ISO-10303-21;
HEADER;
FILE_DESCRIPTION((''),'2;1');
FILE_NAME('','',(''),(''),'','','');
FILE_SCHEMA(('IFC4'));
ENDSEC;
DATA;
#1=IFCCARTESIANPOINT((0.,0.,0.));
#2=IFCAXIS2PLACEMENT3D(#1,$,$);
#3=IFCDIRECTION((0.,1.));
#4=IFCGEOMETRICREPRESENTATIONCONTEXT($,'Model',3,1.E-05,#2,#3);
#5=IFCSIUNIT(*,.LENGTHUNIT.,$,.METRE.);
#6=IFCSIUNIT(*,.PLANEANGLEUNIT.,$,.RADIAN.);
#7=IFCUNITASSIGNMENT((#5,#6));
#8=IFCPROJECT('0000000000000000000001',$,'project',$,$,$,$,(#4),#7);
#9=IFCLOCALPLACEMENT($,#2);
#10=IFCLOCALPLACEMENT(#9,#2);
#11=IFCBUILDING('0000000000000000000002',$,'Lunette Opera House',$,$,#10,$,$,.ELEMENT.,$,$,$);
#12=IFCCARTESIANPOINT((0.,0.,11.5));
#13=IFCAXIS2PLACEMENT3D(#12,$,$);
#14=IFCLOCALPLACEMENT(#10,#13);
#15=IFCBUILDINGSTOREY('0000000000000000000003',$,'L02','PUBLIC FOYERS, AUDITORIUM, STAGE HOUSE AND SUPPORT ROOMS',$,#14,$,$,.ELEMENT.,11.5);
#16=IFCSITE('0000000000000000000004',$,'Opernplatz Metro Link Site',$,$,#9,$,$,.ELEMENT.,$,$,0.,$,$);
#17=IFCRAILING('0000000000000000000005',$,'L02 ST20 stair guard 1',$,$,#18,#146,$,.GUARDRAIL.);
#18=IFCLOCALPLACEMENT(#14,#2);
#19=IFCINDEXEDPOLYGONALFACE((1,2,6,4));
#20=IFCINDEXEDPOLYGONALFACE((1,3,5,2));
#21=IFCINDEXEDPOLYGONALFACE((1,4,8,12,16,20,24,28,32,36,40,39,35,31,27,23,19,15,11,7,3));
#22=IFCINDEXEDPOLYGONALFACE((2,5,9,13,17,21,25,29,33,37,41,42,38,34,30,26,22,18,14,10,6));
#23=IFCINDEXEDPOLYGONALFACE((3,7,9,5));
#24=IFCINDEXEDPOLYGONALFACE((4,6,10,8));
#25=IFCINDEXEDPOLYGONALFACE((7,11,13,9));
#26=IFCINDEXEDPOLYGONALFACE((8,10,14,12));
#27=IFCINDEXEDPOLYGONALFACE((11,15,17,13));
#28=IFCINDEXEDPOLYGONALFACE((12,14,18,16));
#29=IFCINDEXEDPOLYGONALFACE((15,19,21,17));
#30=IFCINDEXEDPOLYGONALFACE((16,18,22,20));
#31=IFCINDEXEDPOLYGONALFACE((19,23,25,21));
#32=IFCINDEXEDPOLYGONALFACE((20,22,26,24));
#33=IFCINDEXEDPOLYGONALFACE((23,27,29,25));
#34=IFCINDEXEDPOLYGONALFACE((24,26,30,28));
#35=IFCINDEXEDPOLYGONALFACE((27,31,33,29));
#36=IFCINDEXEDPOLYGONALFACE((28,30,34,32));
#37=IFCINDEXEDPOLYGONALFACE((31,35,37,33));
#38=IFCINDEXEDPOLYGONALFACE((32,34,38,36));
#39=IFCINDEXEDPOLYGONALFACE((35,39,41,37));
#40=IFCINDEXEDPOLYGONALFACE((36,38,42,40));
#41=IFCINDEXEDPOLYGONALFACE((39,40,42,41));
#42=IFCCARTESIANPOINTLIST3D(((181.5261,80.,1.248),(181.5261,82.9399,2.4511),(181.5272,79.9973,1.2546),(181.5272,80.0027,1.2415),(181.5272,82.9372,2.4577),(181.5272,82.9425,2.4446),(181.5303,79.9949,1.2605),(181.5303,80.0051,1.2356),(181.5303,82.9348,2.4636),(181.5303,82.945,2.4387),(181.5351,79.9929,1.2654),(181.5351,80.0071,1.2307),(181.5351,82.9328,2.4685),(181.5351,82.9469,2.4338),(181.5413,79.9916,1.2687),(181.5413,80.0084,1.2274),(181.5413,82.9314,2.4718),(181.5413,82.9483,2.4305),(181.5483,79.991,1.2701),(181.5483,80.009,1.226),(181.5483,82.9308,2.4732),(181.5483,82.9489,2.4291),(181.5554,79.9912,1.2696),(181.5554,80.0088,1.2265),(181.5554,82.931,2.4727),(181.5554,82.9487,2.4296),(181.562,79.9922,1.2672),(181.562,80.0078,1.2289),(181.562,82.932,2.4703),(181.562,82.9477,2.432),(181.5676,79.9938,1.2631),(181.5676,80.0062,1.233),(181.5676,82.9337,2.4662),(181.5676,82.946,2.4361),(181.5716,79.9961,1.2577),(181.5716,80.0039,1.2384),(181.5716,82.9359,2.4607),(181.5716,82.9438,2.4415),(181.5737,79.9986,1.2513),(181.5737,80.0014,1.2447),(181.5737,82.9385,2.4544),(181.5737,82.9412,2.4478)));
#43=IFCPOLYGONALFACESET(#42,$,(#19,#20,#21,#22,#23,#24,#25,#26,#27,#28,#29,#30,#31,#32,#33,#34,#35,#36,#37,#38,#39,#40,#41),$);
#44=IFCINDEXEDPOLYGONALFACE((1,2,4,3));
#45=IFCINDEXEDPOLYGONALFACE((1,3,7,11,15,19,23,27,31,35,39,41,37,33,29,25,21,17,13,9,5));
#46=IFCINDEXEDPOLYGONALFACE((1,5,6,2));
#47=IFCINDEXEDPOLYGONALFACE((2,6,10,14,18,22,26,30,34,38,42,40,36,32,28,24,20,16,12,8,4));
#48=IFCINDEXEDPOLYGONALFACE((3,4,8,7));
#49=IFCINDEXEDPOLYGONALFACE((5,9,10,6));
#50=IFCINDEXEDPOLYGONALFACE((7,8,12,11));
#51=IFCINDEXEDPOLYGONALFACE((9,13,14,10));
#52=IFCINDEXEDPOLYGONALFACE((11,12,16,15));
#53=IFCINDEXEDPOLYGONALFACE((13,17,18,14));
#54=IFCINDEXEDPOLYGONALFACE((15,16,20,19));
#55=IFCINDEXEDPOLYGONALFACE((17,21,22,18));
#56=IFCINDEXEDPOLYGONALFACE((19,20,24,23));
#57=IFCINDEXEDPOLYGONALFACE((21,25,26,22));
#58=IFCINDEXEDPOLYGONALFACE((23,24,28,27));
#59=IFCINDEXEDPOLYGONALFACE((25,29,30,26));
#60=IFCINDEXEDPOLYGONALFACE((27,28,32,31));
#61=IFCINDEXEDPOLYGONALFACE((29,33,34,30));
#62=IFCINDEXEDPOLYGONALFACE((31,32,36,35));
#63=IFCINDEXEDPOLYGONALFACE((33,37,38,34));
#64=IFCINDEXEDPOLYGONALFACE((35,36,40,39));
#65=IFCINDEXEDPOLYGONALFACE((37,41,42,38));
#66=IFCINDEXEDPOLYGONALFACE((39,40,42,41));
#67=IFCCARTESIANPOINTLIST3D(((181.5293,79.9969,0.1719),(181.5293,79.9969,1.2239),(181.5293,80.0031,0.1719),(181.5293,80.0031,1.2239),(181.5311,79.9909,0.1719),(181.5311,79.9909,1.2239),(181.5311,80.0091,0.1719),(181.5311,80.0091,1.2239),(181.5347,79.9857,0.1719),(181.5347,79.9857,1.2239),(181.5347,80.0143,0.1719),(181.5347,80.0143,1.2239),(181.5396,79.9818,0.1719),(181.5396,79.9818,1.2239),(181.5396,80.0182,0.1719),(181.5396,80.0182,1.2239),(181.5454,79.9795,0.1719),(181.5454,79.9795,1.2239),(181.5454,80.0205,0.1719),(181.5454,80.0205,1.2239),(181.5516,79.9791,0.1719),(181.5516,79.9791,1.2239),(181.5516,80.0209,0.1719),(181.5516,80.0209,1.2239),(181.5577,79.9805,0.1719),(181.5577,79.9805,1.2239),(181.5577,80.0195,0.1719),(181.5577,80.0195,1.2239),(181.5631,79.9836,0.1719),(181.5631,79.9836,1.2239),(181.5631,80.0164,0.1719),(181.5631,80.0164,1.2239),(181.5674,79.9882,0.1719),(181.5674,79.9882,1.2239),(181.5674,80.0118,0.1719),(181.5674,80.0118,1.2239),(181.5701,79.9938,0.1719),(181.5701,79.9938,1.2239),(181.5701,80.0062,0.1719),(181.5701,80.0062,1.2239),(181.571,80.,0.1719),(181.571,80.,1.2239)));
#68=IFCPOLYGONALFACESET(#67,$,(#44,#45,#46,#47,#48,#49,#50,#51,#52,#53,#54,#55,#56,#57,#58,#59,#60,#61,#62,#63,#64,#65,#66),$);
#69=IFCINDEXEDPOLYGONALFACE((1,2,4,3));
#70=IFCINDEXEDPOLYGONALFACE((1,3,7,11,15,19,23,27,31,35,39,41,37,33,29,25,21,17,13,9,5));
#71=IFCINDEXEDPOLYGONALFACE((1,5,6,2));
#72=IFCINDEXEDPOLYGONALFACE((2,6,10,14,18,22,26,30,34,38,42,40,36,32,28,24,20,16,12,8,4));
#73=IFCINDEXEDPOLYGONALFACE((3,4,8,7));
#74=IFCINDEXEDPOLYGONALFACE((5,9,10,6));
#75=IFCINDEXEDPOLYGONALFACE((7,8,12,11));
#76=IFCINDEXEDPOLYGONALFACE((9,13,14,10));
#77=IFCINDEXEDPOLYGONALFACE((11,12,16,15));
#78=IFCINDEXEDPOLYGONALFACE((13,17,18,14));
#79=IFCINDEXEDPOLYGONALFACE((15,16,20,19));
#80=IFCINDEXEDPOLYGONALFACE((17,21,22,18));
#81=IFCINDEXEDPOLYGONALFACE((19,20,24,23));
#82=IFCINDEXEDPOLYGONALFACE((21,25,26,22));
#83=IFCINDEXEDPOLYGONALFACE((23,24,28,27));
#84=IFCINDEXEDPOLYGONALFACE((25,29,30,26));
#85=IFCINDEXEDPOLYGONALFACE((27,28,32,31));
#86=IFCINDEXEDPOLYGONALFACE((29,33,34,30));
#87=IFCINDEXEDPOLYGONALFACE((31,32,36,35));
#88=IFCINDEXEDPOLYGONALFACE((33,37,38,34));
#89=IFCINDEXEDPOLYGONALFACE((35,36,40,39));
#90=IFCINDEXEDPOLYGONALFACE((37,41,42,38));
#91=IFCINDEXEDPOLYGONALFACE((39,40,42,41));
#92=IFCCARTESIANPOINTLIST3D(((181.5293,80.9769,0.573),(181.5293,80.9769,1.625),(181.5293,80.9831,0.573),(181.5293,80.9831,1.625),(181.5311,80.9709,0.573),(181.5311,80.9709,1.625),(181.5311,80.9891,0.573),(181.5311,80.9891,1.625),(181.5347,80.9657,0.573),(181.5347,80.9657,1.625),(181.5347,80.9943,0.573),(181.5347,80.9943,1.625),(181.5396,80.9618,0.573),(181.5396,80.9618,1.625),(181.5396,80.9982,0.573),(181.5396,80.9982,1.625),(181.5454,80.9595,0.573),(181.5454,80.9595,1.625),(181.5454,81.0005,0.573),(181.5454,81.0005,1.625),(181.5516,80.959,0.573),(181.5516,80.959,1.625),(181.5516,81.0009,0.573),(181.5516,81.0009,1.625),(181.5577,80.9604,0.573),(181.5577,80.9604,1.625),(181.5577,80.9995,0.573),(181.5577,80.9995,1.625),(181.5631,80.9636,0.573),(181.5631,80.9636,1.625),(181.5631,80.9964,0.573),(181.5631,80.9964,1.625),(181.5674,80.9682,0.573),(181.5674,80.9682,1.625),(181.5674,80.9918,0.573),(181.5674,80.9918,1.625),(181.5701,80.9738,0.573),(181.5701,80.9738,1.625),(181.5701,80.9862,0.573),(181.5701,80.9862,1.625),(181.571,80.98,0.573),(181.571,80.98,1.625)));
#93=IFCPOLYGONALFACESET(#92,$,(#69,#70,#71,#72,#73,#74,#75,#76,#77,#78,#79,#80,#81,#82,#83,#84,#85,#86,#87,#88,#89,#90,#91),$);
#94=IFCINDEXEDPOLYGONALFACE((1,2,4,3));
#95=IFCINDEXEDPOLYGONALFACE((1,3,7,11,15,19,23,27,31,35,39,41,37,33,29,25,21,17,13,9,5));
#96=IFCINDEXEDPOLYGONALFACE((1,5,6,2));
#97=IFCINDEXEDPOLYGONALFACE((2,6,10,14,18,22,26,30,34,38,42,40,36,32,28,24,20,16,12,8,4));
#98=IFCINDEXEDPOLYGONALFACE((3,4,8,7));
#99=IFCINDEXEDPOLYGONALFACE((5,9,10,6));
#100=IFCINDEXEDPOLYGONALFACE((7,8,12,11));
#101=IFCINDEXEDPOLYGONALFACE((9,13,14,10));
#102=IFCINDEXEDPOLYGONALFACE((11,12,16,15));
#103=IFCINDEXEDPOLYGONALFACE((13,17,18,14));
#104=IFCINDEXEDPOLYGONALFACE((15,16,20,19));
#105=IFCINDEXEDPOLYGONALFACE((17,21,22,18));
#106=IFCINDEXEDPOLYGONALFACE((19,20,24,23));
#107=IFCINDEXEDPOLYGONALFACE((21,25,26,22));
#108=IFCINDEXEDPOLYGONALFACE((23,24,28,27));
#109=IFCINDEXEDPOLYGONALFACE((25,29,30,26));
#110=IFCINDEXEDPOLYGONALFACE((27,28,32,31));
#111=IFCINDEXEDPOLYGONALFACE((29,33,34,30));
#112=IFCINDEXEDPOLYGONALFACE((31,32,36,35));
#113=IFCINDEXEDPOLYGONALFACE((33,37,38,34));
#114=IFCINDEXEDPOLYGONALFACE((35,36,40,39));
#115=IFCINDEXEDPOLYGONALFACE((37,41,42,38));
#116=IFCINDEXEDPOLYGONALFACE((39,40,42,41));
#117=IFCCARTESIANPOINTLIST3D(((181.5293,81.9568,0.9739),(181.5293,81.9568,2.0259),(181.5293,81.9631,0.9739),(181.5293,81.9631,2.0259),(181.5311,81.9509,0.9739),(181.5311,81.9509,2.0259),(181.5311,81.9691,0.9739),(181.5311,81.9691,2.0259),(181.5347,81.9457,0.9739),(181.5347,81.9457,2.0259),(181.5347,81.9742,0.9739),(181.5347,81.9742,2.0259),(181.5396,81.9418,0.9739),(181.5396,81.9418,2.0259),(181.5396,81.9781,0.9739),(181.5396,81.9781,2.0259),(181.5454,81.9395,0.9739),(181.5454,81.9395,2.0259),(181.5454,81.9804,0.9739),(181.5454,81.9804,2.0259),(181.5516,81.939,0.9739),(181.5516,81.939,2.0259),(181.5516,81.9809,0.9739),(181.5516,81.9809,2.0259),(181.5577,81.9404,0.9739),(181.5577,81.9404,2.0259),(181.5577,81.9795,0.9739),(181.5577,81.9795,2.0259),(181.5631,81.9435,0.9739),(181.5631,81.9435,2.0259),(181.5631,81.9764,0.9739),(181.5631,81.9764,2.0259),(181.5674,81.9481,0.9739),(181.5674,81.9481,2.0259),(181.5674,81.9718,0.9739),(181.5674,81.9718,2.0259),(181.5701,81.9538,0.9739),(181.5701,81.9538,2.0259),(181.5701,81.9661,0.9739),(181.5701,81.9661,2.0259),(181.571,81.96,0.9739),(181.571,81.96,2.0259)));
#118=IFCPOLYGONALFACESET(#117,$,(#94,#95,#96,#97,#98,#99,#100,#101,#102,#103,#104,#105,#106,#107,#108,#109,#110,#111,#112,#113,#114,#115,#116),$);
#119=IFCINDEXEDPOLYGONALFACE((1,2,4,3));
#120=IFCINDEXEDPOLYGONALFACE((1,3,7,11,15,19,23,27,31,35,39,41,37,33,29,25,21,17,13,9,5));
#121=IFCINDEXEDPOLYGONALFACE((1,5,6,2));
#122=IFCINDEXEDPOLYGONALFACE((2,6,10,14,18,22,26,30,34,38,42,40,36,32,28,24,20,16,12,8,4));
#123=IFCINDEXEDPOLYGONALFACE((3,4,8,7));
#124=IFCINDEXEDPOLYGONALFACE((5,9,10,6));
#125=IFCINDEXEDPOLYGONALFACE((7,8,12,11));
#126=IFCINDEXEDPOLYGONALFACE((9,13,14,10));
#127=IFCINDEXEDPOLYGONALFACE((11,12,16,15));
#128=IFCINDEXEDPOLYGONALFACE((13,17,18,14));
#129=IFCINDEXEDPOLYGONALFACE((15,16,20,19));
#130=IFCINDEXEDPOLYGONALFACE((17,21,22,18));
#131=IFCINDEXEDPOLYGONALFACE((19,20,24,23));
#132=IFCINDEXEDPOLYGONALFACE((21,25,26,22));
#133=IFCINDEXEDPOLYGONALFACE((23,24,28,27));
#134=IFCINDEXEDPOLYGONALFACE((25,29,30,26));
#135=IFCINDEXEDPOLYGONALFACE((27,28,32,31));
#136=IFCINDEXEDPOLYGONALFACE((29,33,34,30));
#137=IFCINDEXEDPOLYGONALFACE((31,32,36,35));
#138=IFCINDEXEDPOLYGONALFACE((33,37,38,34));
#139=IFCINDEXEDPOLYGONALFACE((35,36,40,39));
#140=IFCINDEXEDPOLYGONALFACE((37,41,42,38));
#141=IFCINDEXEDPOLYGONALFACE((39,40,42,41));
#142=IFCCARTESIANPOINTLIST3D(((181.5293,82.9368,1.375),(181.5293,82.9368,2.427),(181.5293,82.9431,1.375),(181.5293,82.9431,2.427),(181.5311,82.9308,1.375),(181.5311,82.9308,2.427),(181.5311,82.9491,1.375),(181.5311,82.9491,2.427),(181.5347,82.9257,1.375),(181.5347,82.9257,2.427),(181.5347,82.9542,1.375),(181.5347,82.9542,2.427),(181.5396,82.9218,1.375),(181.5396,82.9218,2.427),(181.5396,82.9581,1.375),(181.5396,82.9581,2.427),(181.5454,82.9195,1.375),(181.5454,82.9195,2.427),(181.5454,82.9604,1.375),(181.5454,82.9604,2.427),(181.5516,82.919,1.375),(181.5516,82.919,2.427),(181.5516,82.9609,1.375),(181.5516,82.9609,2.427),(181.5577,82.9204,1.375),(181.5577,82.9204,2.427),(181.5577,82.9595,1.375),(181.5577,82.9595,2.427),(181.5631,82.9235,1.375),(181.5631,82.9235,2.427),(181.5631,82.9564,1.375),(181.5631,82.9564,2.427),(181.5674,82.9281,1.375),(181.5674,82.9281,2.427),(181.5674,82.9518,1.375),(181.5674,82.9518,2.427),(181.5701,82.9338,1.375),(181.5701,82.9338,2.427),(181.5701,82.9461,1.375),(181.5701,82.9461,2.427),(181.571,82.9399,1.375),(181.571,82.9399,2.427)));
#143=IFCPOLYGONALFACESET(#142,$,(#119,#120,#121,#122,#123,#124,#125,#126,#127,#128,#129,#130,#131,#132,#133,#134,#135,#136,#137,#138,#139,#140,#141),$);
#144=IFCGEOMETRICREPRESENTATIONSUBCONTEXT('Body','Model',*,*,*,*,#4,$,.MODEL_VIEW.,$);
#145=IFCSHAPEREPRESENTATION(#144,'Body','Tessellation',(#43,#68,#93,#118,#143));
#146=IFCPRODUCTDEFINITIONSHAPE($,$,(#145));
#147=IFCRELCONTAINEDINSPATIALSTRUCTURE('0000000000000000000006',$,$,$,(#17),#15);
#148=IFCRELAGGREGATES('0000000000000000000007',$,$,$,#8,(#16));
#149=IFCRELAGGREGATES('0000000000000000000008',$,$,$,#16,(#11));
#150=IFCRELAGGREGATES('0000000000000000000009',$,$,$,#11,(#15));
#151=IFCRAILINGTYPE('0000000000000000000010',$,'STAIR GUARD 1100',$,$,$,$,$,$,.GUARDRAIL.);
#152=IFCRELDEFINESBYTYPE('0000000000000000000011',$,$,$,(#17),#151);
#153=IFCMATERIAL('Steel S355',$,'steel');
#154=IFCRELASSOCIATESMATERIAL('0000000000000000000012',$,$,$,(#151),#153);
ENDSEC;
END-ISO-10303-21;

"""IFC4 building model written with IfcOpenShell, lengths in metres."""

from ifc_helpers import new_model, si_unit, direction, frame, origin, origin_2d, place, context, subcontext, project, spatial, circle, extrude, material, type_object, element, save


model = new_model("IFC4")

# Units and contexts
model_context = context("Model", 3, precision=1e-05, world=origin(), true_north=direction((0.0, 1.0)))
body_context = subcontext(model_context, "Body", "Model", "MODEL_VIEW")
ifc_project = project(units=[si_unit("LENGTHUNIT", "METRE"), si_unit("PLANEANGLEUNIT", "RADIAN")], contexts=[model_context])

# Site, building, storey
site_placement = place(None, origin())
site = spatial("IfcSite", under=ifc_project, at=site_placement, Name="Opernplatz Metro Link Site", CompositionType="ELEMENT", RefElevation=0.0)
building_placement = place(site_placement, origin())
building = spatial("IfcBuilding", under=site, at=building_placement, Name="Lunette Opera House", CompositionType="ELEMENT")
storey_placement = place(building_placement, frame((0.0, 0.0, 11.5)))
storey = spatial("IfcBuildingStorey", under=building, at=storey_placement, Name="L02", Description="PUBLIC FOYERS, AUDITORIUM, STAGE HOUSE AND SUPPORT ROOMS", CompositionType="ELEMENT", Elevation=11.5)

# Railing
ifc_material_1 = material(Name="Steel S355", Category="steel")
railing_type_1 = type_object("IfcRailingType", Name="STAIR GUARD 1100", PredefinedType="GUARDRAIL", material=ifc_material_1)
for number, where, name in (
    (1, (181.55, 80.0, 0.1719), "L02 ST20 stair guard 1"),
):
    element("IfcRailing", number, at=place(storey_placement, frame(where)), inside=storey, type_object=railing_type_1, Name=name, PredefinedType="GUARDRAIL", context=body_context, shape_type="SweptSolid", body=[
        extrude(circle(Radius=0.0239, at=origin_2d()), frame((0.0, 0.0, 1.0762), z_axis=(0.0, 0.9255, 0.378747), x_axis=(-1.0, 0.0, 0.0)), (0.0, 0.0, 1.0), 3.1765),
        extrude(circle(Radius=0.021, at=origin_2d()), origin(), (0.0, 0.0, 1.0), 1.052),
        extrude(circle(Radius=0.021, at=origin_2d()), frame((0.0, 0.98, 0.4011)), (0.0, 0.0, 1.0), 1.052),
        extrude(circle(Radius=0.021, at=origin_2d()), frame((0.0, 1.96, 0.802)), (0.0, 0.0, 1.0), 1.052),
        extrude(circle(Radius=0.021, at=origin_2d()), frame((0.0, 2.9399, 1.2031)), (0.0, 0.0, 1.0), 1.052),
    ])

save(model, "model.ifc")
